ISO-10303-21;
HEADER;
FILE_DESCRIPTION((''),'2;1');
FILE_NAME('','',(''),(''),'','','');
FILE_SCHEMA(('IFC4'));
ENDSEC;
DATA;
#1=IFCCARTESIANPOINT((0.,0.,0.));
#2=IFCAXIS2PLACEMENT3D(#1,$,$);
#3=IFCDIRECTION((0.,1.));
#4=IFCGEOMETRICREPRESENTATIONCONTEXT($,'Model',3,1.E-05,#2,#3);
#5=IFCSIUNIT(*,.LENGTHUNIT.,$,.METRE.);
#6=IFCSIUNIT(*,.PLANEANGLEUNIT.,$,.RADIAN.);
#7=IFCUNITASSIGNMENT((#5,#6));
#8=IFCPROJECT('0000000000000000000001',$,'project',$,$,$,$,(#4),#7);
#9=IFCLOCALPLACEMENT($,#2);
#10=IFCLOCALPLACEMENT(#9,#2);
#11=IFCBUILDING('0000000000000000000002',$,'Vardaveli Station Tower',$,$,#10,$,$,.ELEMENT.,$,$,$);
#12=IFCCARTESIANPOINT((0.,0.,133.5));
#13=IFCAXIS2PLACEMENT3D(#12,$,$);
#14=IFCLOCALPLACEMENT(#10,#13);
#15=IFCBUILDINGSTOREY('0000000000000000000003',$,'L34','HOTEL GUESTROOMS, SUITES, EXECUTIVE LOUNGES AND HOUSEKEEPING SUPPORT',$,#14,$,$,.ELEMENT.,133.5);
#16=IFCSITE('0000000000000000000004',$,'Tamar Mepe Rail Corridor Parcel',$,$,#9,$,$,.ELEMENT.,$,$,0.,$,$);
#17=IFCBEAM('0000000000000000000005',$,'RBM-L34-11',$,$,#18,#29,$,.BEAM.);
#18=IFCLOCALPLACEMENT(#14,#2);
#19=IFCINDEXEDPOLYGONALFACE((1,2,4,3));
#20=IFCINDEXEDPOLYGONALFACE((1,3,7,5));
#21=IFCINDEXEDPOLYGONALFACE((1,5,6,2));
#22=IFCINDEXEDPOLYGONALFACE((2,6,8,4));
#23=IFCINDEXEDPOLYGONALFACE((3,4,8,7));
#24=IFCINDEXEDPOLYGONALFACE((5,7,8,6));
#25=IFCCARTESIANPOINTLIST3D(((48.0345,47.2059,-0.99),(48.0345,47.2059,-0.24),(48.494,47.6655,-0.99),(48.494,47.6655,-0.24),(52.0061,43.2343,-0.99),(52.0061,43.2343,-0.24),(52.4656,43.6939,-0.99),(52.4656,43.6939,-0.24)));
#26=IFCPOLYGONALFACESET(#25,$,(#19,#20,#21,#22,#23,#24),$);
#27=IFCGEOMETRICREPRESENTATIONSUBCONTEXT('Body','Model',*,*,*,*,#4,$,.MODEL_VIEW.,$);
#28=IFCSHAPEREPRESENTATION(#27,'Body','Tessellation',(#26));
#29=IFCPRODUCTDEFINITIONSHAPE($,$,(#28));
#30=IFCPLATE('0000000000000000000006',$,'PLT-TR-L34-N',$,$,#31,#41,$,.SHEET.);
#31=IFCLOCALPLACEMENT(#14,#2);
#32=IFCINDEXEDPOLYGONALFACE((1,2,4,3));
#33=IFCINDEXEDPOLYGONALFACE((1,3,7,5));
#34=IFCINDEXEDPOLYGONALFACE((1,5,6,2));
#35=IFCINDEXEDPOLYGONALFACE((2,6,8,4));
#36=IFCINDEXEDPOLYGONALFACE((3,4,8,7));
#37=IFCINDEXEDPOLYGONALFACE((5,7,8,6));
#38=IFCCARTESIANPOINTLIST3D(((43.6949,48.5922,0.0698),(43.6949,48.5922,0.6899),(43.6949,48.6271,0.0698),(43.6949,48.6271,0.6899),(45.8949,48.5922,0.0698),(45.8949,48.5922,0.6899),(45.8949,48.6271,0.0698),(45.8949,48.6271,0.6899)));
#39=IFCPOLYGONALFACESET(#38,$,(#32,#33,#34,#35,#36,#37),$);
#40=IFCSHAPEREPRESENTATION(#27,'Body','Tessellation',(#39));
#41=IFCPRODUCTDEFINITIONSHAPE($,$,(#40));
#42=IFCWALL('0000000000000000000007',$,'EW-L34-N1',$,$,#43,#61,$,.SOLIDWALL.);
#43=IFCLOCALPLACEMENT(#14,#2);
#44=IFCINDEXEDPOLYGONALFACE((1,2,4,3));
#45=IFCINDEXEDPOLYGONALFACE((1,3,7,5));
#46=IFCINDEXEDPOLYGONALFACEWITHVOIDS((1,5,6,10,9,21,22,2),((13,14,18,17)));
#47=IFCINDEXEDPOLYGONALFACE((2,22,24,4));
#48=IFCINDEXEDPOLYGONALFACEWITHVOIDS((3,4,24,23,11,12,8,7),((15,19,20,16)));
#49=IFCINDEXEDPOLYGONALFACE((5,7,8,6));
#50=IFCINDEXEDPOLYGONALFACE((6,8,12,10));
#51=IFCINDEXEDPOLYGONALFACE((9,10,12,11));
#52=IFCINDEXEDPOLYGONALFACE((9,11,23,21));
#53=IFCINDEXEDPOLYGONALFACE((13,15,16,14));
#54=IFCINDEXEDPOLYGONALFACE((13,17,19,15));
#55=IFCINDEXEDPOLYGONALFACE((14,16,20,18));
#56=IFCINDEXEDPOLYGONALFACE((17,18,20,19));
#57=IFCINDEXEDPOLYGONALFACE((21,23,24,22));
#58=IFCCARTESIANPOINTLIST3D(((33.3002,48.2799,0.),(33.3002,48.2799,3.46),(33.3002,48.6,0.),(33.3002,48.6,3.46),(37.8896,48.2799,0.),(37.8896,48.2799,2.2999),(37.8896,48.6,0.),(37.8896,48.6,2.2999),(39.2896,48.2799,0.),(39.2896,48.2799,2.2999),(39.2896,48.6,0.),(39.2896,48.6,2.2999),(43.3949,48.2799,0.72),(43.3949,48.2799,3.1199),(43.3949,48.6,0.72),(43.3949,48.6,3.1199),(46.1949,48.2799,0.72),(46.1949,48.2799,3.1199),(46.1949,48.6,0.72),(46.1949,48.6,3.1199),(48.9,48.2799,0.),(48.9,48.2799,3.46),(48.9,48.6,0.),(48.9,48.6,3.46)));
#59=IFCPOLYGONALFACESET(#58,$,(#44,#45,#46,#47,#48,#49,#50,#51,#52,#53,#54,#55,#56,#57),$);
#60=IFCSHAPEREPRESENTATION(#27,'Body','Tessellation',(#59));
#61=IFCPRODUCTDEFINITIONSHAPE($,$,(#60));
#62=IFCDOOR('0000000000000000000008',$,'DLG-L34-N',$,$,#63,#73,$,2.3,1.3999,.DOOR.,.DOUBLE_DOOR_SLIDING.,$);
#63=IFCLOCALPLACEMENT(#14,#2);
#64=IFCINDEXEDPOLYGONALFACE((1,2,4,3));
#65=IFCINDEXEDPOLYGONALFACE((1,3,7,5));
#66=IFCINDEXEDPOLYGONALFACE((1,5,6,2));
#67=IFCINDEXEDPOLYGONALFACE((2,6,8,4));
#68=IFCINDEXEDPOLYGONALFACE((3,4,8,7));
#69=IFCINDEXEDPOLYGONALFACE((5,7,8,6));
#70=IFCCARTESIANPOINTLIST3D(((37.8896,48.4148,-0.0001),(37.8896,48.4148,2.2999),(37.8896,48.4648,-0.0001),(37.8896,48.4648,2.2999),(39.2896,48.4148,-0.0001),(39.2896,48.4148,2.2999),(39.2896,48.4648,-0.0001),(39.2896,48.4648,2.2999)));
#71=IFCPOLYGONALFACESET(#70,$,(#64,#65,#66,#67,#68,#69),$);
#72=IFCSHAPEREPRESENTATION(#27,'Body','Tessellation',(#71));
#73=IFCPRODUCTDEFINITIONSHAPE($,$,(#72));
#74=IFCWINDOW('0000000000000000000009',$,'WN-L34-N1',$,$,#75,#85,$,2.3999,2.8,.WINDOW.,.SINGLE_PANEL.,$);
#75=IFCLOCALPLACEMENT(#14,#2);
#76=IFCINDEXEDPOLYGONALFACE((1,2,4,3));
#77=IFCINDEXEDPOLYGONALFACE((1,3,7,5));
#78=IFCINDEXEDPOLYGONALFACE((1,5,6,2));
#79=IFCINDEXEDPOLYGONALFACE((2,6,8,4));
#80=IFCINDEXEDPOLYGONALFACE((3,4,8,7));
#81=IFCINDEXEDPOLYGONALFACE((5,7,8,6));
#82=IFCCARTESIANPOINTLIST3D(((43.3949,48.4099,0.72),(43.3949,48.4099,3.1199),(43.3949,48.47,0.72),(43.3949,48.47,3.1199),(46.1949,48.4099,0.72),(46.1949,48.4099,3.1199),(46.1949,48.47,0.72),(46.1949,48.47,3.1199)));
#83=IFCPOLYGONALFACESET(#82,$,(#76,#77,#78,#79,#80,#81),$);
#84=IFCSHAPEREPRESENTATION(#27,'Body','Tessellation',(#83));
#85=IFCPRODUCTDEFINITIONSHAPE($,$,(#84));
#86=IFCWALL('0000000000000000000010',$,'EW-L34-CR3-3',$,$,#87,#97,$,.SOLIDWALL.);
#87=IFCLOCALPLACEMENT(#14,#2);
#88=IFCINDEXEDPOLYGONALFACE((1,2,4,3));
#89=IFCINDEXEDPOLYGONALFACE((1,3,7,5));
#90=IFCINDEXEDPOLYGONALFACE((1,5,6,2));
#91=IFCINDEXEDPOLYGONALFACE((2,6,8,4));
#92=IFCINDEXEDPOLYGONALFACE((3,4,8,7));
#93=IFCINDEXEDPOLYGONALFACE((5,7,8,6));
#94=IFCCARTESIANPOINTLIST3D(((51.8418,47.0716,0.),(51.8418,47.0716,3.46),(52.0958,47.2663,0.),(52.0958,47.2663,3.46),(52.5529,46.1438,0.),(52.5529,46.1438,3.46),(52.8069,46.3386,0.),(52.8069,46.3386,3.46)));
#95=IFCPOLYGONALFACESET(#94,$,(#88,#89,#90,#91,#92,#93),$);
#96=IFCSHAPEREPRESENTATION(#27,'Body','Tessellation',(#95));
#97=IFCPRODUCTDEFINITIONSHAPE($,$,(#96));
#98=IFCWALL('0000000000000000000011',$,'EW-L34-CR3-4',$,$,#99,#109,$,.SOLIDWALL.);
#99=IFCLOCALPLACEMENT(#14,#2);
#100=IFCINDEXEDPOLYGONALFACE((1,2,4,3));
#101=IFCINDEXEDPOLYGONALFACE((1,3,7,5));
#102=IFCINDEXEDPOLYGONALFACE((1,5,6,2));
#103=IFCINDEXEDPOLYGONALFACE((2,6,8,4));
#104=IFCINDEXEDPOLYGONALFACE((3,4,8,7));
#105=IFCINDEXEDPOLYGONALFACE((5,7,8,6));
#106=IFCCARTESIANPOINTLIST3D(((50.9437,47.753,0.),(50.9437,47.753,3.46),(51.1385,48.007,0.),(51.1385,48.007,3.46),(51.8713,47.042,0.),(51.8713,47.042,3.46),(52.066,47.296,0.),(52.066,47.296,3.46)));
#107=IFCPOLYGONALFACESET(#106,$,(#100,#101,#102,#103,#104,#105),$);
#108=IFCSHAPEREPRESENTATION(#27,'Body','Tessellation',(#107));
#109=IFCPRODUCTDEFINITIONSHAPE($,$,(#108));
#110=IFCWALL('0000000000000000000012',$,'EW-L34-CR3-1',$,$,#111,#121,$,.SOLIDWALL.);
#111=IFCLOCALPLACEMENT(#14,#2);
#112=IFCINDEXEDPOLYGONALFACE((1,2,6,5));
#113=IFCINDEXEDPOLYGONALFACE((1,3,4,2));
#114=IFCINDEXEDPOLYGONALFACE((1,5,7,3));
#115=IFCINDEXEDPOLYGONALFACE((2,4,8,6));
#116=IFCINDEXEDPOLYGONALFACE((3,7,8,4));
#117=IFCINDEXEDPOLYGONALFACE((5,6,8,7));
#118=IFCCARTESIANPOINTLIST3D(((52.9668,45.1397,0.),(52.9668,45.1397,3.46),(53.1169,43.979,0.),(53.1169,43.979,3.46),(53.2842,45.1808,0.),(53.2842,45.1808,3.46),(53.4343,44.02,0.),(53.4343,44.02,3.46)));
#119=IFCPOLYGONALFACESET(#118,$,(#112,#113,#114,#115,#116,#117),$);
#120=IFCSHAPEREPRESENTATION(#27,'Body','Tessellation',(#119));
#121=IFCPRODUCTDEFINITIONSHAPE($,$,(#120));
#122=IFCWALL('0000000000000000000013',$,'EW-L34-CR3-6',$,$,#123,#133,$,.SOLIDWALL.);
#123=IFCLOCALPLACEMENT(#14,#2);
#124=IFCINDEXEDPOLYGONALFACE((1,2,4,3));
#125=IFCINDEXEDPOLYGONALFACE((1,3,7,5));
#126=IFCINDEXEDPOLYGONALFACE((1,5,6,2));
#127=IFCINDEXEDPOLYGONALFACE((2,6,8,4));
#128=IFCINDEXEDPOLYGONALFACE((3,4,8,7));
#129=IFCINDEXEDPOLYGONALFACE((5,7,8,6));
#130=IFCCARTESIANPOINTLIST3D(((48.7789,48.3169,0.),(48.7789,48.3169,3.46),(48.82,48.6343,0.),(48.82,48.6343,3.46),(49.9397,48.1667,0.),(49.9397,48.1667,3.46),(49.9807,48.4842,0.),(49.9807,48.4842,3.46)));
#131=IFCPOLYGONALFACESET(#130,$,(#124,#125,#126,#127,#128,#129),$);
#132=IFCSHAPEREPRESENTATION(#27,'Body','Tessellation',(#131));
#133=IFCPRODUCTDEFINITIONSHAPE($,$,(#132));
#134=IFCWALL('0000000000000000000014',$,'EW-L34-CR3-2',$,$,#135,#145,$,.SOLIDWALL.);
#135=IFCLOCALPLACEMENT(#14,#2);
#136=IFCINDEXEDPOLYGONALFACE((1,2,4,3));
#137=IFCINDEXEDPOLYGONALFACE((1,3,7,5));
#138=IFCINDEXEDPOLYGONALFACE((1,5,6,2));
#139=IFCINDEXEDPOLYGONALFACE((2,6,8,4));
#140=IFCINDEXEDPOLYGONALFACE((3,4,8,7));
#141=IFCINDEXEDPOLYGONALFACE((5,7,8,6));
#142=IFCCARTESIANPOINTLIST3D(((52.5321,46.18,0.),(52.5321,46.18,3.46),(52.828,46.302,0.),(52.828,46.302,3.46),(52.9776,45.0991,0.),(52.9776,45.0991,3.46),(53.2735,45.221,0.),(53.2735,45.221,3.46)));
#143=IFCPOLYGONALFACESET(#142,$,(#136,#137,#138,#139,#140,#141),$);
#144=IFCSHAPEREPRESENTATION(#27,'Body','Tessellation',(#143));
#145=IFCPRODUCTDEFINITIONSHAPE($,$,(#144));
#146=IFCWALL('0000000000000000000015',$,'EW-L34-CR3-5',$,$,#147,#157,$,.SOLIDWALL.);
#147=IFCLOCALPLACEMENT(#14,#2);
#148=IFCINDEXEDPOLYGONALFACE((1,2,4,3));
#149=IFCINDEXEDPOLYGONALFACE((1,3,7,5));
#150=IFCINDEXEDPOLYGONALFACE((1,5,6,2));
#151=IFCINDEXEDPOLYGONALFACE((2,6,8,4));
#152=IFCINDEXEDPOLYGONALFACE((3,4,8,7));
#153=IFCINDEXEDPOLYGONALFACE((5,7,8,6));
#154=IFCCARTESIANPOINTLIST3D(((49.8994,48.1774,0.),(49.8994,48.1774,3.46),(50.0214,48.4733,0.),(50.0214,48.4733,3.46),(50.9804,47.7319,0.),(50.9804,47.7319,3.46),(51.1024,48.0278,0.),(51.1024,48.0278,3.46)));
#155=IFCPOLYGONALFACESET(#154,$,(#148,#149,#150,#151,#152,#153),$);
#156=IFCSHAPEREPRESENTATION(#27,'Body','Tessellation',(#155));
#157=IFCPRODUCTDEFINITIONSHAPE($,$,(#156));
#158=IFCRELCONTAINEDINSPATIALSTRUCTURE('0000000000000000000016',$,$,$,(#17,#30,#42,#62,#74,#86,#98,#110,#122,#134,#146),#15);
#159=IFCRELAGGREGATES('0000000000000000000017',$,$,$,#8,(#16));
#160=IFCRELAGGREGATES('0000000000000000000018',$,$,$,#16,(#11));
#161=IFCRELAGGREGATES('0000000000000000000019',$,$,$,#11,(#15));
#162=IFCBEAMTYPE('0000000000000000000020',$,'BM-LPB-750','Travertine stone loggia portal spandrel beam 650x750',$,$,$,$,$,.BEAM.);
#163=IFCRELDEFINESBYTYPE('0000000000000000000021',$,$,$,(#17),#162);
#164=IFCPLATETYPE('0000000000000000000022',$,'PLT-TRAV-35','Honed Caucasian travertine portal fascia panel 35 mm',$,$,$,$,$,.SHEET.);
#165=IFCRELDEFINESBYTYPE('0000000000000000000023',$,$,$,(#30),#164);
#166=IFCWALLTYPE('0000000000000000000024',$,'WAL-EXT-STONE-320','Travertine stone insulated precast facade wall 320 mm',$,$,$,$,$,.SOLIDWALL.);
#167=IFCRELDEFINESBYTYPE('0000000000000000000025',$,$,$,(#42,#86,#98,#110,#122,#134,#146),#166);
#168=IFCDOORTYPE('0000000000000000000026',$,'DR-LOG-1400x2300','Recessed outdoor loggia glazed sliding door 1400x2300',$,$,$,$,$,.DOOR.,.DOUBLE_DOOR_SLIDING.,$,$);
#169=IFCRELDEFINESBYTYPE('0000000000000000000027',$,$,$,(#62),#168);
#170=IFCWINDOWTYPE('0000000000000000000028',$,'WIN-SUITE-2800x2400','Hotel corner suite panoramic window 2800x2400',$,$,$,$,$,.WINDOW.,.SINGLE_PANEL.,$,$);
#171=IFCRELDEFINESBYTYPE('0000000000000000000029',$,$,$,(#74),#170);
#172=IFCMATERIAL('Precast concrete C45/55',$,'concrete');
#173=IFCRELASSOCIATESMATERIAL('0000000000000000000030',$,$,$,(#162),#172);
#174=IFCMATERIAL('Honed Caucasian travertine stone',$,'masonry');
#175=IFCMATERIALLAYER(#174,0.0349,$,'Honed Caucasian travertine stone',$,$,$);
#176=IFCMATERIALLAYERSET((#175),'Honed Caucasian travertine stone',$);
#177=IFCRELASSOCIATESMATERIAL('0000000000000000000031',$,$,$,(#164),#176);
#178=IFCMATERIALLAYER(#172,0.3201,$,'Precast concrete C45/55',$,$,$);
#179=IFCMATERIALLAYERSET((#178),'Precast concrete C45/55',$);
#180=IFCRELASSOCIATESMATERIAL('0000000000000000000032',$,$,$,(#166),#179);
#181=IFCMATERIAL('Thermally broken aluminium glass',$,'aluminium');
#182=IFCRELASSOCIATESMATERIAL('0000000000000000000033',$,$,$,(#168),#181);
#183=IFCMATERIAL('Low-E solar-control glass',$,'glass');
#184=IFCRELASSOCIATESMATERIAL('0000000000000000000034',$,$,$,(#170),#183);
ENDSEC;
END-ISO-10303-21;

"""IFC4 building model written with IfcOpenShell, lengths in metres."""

from ifc_helpers import new_model, si_unit, direction, frame, frame_2d, origin, origin_2d, place, context, subcontext, project, spatial, rectangle, extrude, source, transform, mapped, material, layer, layer_set, material_profile, profile_set, type_object, element, fill, save


model = new_model("IFC4")

# Units and contexts
model_context = context("Model", 3, precision=1e-05, world=origin(), true_north=direction((0.0, 1.0)))
body_context = subcontext(model_context, "Body", "Model", "MODEL_VIEW")
ifc_project = project(units=[si_unit("LENGTHUNIT", "METRE"), si_unit("PLANEANGLEUNIT", "RADIAN")], contexts=[model_context])

# Site, building, storey
site_placement = place(None, origin())
site = spatial("IfcSite", under=ifc_project, at=site_placement, Name="Tamar Mepe Rail Corridor Parcel", CompositionType="ELEMENT", RefElevation=0.0)
building_placement = place(site_placement, origin())
building = spatial("IfcBuilding", under=site, at=building_placement, Name="Vardaveli Station Tower", CompositionType="ELEMENT")
storey_placement = place(building_placement, frame((0.0, 0.0, 133.5)))
storey = spatial("IfcBuildingStorey", under=building, at=storey_placement, Name="L34", Description="HOTEL GUESTROOMS, SUITES, EXECUTIVE LOUNGES AND HOUSEKEEPING SUPPORT", CompositionType="ELEMENT", Elevation=133.5)

# Beam
ifc_material_1 = material(Name="Precast concrete C45/55", Category="concrete")
ifc_material_profile_1 = material_profile(ifc_material_1, rectangle(XDim=0.6499, YDim=0.75, at=origin_2d()), Name="LPB 650x750")
ifc_profile_set_1 = profile_set([ifc_material_profile_1], Name="Precast concrete C45/55")
beam_type = type_object("IfcBeamType", Name="BM-LPB-750", Description="Travertine stone loggia portal spandrel beam 650x750", PredefinedType="BEAM", material=ifc_profile_set_1)
shared_shape_1 = source(origin(), body_context, "Body", "SweptSolid", [
    extrude(rectangle(XDim=0.6499, YDim=0.75, at=origin_2d()), origin(), (0.0, 0.0, 1.0), 5.6167),
])
beam_placement = place(storey_placement, frame((52.2358, 43.4641, -0.615), z_axis=(-0.707107, 0.707107, 0.0), x_axis=(-0.707107, -0.707107, 0.0)))
element("IfcBeam", 1, at=beam_placement, inside=storey, type_object=beam_type, Name="RBM-L34-11", PredefinedType="BEAM", context=body_context, shape_type="MappedRepresentation", body=[
    mapped(shared_shape_1, transform((0.0, 0.0, 0.0), scale=1.0)),
])

# Plate
ifc_material_2 = material(Name="Honed Caucasian travertine stone", Category="masonry")
ifc_layer_1 = layer(ifc_material_2, 0.0349, Name="Honed Caucasian travertine stone")
ifc_layer_set_1 = layer_set([ifc_layer_1], Name="Honed Caucasian travertine stone")
plate_type = type_object("IfcPlateType", Name="PLT-TRAV-35", Description="Honed Caucasian travertine portal fascia panel 35 mm", PredefinedType="SHEET", material=ifc_layer_set_1)
shared_shape_2 = source(origin(), body_context, "Body", "SweptSolid", [
    extrude(rectangle(XDim=2.2, YDim=0.0349, at=origin_2d()), origin(), (0.0, 0.0, 1.0), 0.6201),
])
plate_placement = place(storey_placement, frame((44.7949, 48.6096, 0.0698), z_axis=(0.0, 0.0, 1.0), x_axis=(1.0, 0.0, 0.0)))
element("IfcPlate", 2, at=plate_placement, inside=storey, type_object=plate_type, Name="PLT-TR-L34-N", PredefinedType="SHEET", context=body_context, shape_type="MappedRepresentation", body=[
    mapped(shared_shape_2, transform((0.0, 0.0, 0.0), scale=1.0)),
])

# Wall, openings, door, window
ifc_layer_2 = layer(ifc_material_1, 0.3201, Name="Precast concrete C45/55")
ifc_layer_set_2 = layer_set([ifc_layer_2], Name="Precast concrete C45/55")
wall_type_1 = type_object("IfcWallType", Name="WAL-EXT-STONE-320", Description="Travertine stone insulated precast facade wall 320 mm", PredefinedType="SOLIDWALL", material=ifc_layer_set_2)
shared_shape_3 = source(origin(), body_context, "Body", "SweptSolid", [
    extrude(rectangle(XDim=15.5999, YDim=0.3201, at=frame_2d((7.7998, 0.0))), origin(), (0.0, 0.0, 1.0), 3.46),
])
wall_1_placement = place(storey_placement, frame((48.8999, 48.4399, 0.0), z_axis=(0.0, 0.0, 1.0), x_axis=(-1.0, 0.0, 0.0)))
wall_1 = element("IfcWall", 3, at=wall_1_placement, inside=storey, type_object=wall_type_1, Name="EW-L34-N1", PredefinedType="SOLIDWALL", context=body_context, shape_type="MappedRepresentation", body=[
    mapped(shared_shape_3, transform((0.0, 0.0, 0.0), scale=1.0)),
])
shared_shape_4 = source(origin(), body_context, "Body", "SweptSolid", [
    extrude(rectangle(XDim=1.3999, YDim=2.3, at=frame_2d((0.7, 1.1499))), frame((0.0, 0.1699, 0.0), z_axis=(0.0, -1.0, 0.0), x_axis=(1.0, 0.0, 0.0)), (0.0, 0.0, 1.0), 0.3401),
])
opening_1_placement = place(wall_1_placement, frame((9.6104, 0.0, 0.0)))
opening_1 = element("IfcOpeningElement", 4, at=opening_1_placement, cuts=wall_1, PredefinedType="OPENING", context=body_context, shape_type="MappedRepresentation", body=[
    mapped(shared_shape_4, transform((0.0, 0.0, 0.0), scale=1.0)),
])
shared_shape_5 = source(origin(), body_context, "Body", "SweptSolid", [
    extrude(rectangle(XDim=2.8, YDim=2.3999, at=frame_2d((1.3999, 1.2))), frame((0.0, 0.1699, 0.0), z_axis=(0.0, -1.0, 0.0), x_axis=(1.0, 0.0, 0.0)), (0.0, 0.0, 1.0), 0.3401),
])
opening_2_placement = place(wall_1_placement, frame((2.7051, 0.0, 0.72)))
opening_2 = element("IfcOpeningElement", 5, at=opening_2_placement, cuts=wall_1, PredefinedType="OPENING", context=body_context, shape_type="MappedRepresentation", body=[
    mapped(shared_shape_5, transform((0.0, 0.0, 0.0), scale=1.0)),
])
ifc_material_3 = material(Name="Thermally broken aluminium glass", Category="aluminium")
door_type = type_object("IfcDoorType", Name="DR-LOG-1400x2300", Description="Recessed outdoor loggia glazed sliding door 1400x2300", OperationType="DOUBLE_DOOR_SLIDING", PredefinedType="DOOR", material=ifc_material_3)
shared_shape_6 = source(origin(), body_context, "Body", "SweptSolid", [
    extrude(rectangle(XDim=1.3999, YDim=2.3, at=frame_2d((0.7, 1.1499))), frame((0.0, 0.0249, 0.0), z_axis=(0.0, -1.0, 0.0), x_axis=(1.0, 0.0, 0.0)), (0.0, 0.0, 1.0), 0.05),
])
door_placement = place(opening_1_placement, frame((1.3999, 0.0, 0.0), z_axis=(0.0, 0.0, 1.0), x_axis=(-1.0, 0.0, 0.0)))
door = element("IfcDoor", 6, at=door_placement, inside=storey, type_object=door_type, Name="DLG-L34-N", OperationType="DOUBLE_DOOR_SLIDING", OverallHeight=2.3, OverallWidth=1.3999, PredefinedType="DOOR", context=body_context, shape_type="MappedRepresentation", body=[
    mapped(shared_shape_6, transform((0.0, 0.0, 0.0), scale=1.0)),
])
fill(opening_1, door)
ifc_material_4 = material(Name="Low-E solar-control glass", Category="glass")
window_type = type_object("IfcWindowType", Name="WIN-SUITE-2800x2400", Description="Hotel corner suite panoramic window 2800x2400", PartitioningType="SINGLE_PANEL", PredefinedType="WINDOW", material=ifc_material_4)
shared_shape_7 = source(origin(), body_context, "Body", "SweptSolid", [
    extrude(rectangle(XDim=2.8, YDim=2.3999, at=frame_2d((1.3999, 1.2))), frame((0.0, 0.03, 0.0), z_axis=(0.0, -1.0, 0.0), x_axis=(1.0, 0.0, 0.0)), (0.0, 0.0, 1.0), 0.0601),
])
window_placement = place(opening_2_placement, origin())
window = element("IfcWindow", 7, at=window_placement, inside=storey, type_object=window_type, Name="WN-L34-N1", OverallHeight=2.3999, OverallWidth=2.8, PartitioningType="SINGLE_PANEL", PredefinedType="WINDOW", context=body_context, shape_type="MappedRepresentation", body=[
    mapped(shared_shape_7, transform((0.0, 0.0, 0.0), scale=1.0)),
])
fill(opening_2, window)

# Walls
shared_shape_8 = source(origin(), body_context, "Body", "SweptSolid", [
    extrude(rectangle(XDim=1.1689, YDim=0.3201, at=frame_2d((0.5845, 0.0))), origin(), (0.0, 0.0, 1.0), 3.46),
])
wall_2_placement = place(storey_placement, frame((52.6799, 46.2412, 0.0), z_axis=(0.0, 0.0, 1.0), x_axis=(-0.608388, 0.79364, 0.0)))
element("IfcWall", 8, at=wall_2_placement, inside=storey, type_object=wall_type_1, Name="EW-L34-CR3-3", PredefinedType="SOLIDWALL", context=body_context, shape_type="MappedRepresentation", body=[
    mapped(shared_shape_8, transform((0.0, 0.0, 0.0), scale=1.0)),
])
shared_shape_9 = source(origin(), body_context, "Body", "SweptSolid", [
    extrude(rectangle(XDim=1.1687, YDim=0.3201, at=frame_2d((0.5845, 0.0))), origin(), (0.0, 0.0, 1.0), 3.46),
])
wall_3_placement = place(storey_placement, frame((51.9688, 47.1689, 0.0), z_axis=(0.0, 0.0, 1.0), x_axis=(-0.793664, 0.608357, 0.0)))
element("IfcWall", 9, at=wall_3_placement, inside=storey, type_object=wall_type_1, Name="EW-L34-CR3-4", PredefinedType="SOLIDWALL", context=body_context, shape_type="MappedRepresentation", body=[
    mapped(shared_shape_9, transform((0.0, 0.0, 0.0), scale=1.0)),
])
shared_shape_10 = source(origin(), body_context, "Body", "SweptSolid", [
    extrude(rectangle(XDim=1.1704, YDim=0.3201, at=frame_2d((0.5852, 0.0))), origin(), (0.0, 0.0, 1.0), 3.46),
])
for number, where, z_axis, x_axis, name in (
    (10, (53.2756, 43.9995, 0.0), (0.0, 0.0, 1.0), (-0.128296, 0.991736, 0.0), "EW-L34-CR3-1"),
    (11, (49.9602, 48.3254, 0.0), (0.0, 0.0, 1.0), (-0.991736, 0.128296, 0.0), "EW-L34-CR3-6"),
):
    element("IfcWall", number, at=place(storey_placement, frame(where, z_axis=z_axis, x_axis=x_axis)), inside=storey, type_object=wall_type_1, Name=name, PredefinedType="SOLIDWALL", context=body_context, shape_type="MappedRepresentation", body=[
        mapped(shared_shape_10, transform((0.0, 0.0, 0.0), scale=1.0)),
    ])
shared_shape_11 = source(origin(), body_context, "Body", "SweptSolid", [
    extrude(rectangle(XDim=1.1692, YDim=0.3201, at=frame_2d((0.5845, 0.0))), origin(), (0.0, 0.0, 1.0), 3.46),
])
for number, where, z_axis, x_axis, name in (
    (12, (53.1255, 45.1602, 0.0), (0.0, 0.0, 1.0), (-0.381054, 0.924553, 0.0), "EW-L34-CR3-2"),
    (13, (51.0413, 47.8799, 0.0), (0.0, 0.0, 1.0), (-0.924553, 0.381054, 0.0), "EW-L34-CR3-5"),
):
    element("IfcWall", number, at=place(storey_placement, frame(where, z_axis=z_axis, x_axis=x_axis)), inside=storey, type_object=wall_type_1, Name=name, PredefinedType="SOLIDWALL", context=body_context, shape_type="MappedRepresentation", body=[
        mapped(shared_shape_11, transform((0.0, 0.0, 0.0), scale=1.0)),
    ])

save(model, "model.ifc")
